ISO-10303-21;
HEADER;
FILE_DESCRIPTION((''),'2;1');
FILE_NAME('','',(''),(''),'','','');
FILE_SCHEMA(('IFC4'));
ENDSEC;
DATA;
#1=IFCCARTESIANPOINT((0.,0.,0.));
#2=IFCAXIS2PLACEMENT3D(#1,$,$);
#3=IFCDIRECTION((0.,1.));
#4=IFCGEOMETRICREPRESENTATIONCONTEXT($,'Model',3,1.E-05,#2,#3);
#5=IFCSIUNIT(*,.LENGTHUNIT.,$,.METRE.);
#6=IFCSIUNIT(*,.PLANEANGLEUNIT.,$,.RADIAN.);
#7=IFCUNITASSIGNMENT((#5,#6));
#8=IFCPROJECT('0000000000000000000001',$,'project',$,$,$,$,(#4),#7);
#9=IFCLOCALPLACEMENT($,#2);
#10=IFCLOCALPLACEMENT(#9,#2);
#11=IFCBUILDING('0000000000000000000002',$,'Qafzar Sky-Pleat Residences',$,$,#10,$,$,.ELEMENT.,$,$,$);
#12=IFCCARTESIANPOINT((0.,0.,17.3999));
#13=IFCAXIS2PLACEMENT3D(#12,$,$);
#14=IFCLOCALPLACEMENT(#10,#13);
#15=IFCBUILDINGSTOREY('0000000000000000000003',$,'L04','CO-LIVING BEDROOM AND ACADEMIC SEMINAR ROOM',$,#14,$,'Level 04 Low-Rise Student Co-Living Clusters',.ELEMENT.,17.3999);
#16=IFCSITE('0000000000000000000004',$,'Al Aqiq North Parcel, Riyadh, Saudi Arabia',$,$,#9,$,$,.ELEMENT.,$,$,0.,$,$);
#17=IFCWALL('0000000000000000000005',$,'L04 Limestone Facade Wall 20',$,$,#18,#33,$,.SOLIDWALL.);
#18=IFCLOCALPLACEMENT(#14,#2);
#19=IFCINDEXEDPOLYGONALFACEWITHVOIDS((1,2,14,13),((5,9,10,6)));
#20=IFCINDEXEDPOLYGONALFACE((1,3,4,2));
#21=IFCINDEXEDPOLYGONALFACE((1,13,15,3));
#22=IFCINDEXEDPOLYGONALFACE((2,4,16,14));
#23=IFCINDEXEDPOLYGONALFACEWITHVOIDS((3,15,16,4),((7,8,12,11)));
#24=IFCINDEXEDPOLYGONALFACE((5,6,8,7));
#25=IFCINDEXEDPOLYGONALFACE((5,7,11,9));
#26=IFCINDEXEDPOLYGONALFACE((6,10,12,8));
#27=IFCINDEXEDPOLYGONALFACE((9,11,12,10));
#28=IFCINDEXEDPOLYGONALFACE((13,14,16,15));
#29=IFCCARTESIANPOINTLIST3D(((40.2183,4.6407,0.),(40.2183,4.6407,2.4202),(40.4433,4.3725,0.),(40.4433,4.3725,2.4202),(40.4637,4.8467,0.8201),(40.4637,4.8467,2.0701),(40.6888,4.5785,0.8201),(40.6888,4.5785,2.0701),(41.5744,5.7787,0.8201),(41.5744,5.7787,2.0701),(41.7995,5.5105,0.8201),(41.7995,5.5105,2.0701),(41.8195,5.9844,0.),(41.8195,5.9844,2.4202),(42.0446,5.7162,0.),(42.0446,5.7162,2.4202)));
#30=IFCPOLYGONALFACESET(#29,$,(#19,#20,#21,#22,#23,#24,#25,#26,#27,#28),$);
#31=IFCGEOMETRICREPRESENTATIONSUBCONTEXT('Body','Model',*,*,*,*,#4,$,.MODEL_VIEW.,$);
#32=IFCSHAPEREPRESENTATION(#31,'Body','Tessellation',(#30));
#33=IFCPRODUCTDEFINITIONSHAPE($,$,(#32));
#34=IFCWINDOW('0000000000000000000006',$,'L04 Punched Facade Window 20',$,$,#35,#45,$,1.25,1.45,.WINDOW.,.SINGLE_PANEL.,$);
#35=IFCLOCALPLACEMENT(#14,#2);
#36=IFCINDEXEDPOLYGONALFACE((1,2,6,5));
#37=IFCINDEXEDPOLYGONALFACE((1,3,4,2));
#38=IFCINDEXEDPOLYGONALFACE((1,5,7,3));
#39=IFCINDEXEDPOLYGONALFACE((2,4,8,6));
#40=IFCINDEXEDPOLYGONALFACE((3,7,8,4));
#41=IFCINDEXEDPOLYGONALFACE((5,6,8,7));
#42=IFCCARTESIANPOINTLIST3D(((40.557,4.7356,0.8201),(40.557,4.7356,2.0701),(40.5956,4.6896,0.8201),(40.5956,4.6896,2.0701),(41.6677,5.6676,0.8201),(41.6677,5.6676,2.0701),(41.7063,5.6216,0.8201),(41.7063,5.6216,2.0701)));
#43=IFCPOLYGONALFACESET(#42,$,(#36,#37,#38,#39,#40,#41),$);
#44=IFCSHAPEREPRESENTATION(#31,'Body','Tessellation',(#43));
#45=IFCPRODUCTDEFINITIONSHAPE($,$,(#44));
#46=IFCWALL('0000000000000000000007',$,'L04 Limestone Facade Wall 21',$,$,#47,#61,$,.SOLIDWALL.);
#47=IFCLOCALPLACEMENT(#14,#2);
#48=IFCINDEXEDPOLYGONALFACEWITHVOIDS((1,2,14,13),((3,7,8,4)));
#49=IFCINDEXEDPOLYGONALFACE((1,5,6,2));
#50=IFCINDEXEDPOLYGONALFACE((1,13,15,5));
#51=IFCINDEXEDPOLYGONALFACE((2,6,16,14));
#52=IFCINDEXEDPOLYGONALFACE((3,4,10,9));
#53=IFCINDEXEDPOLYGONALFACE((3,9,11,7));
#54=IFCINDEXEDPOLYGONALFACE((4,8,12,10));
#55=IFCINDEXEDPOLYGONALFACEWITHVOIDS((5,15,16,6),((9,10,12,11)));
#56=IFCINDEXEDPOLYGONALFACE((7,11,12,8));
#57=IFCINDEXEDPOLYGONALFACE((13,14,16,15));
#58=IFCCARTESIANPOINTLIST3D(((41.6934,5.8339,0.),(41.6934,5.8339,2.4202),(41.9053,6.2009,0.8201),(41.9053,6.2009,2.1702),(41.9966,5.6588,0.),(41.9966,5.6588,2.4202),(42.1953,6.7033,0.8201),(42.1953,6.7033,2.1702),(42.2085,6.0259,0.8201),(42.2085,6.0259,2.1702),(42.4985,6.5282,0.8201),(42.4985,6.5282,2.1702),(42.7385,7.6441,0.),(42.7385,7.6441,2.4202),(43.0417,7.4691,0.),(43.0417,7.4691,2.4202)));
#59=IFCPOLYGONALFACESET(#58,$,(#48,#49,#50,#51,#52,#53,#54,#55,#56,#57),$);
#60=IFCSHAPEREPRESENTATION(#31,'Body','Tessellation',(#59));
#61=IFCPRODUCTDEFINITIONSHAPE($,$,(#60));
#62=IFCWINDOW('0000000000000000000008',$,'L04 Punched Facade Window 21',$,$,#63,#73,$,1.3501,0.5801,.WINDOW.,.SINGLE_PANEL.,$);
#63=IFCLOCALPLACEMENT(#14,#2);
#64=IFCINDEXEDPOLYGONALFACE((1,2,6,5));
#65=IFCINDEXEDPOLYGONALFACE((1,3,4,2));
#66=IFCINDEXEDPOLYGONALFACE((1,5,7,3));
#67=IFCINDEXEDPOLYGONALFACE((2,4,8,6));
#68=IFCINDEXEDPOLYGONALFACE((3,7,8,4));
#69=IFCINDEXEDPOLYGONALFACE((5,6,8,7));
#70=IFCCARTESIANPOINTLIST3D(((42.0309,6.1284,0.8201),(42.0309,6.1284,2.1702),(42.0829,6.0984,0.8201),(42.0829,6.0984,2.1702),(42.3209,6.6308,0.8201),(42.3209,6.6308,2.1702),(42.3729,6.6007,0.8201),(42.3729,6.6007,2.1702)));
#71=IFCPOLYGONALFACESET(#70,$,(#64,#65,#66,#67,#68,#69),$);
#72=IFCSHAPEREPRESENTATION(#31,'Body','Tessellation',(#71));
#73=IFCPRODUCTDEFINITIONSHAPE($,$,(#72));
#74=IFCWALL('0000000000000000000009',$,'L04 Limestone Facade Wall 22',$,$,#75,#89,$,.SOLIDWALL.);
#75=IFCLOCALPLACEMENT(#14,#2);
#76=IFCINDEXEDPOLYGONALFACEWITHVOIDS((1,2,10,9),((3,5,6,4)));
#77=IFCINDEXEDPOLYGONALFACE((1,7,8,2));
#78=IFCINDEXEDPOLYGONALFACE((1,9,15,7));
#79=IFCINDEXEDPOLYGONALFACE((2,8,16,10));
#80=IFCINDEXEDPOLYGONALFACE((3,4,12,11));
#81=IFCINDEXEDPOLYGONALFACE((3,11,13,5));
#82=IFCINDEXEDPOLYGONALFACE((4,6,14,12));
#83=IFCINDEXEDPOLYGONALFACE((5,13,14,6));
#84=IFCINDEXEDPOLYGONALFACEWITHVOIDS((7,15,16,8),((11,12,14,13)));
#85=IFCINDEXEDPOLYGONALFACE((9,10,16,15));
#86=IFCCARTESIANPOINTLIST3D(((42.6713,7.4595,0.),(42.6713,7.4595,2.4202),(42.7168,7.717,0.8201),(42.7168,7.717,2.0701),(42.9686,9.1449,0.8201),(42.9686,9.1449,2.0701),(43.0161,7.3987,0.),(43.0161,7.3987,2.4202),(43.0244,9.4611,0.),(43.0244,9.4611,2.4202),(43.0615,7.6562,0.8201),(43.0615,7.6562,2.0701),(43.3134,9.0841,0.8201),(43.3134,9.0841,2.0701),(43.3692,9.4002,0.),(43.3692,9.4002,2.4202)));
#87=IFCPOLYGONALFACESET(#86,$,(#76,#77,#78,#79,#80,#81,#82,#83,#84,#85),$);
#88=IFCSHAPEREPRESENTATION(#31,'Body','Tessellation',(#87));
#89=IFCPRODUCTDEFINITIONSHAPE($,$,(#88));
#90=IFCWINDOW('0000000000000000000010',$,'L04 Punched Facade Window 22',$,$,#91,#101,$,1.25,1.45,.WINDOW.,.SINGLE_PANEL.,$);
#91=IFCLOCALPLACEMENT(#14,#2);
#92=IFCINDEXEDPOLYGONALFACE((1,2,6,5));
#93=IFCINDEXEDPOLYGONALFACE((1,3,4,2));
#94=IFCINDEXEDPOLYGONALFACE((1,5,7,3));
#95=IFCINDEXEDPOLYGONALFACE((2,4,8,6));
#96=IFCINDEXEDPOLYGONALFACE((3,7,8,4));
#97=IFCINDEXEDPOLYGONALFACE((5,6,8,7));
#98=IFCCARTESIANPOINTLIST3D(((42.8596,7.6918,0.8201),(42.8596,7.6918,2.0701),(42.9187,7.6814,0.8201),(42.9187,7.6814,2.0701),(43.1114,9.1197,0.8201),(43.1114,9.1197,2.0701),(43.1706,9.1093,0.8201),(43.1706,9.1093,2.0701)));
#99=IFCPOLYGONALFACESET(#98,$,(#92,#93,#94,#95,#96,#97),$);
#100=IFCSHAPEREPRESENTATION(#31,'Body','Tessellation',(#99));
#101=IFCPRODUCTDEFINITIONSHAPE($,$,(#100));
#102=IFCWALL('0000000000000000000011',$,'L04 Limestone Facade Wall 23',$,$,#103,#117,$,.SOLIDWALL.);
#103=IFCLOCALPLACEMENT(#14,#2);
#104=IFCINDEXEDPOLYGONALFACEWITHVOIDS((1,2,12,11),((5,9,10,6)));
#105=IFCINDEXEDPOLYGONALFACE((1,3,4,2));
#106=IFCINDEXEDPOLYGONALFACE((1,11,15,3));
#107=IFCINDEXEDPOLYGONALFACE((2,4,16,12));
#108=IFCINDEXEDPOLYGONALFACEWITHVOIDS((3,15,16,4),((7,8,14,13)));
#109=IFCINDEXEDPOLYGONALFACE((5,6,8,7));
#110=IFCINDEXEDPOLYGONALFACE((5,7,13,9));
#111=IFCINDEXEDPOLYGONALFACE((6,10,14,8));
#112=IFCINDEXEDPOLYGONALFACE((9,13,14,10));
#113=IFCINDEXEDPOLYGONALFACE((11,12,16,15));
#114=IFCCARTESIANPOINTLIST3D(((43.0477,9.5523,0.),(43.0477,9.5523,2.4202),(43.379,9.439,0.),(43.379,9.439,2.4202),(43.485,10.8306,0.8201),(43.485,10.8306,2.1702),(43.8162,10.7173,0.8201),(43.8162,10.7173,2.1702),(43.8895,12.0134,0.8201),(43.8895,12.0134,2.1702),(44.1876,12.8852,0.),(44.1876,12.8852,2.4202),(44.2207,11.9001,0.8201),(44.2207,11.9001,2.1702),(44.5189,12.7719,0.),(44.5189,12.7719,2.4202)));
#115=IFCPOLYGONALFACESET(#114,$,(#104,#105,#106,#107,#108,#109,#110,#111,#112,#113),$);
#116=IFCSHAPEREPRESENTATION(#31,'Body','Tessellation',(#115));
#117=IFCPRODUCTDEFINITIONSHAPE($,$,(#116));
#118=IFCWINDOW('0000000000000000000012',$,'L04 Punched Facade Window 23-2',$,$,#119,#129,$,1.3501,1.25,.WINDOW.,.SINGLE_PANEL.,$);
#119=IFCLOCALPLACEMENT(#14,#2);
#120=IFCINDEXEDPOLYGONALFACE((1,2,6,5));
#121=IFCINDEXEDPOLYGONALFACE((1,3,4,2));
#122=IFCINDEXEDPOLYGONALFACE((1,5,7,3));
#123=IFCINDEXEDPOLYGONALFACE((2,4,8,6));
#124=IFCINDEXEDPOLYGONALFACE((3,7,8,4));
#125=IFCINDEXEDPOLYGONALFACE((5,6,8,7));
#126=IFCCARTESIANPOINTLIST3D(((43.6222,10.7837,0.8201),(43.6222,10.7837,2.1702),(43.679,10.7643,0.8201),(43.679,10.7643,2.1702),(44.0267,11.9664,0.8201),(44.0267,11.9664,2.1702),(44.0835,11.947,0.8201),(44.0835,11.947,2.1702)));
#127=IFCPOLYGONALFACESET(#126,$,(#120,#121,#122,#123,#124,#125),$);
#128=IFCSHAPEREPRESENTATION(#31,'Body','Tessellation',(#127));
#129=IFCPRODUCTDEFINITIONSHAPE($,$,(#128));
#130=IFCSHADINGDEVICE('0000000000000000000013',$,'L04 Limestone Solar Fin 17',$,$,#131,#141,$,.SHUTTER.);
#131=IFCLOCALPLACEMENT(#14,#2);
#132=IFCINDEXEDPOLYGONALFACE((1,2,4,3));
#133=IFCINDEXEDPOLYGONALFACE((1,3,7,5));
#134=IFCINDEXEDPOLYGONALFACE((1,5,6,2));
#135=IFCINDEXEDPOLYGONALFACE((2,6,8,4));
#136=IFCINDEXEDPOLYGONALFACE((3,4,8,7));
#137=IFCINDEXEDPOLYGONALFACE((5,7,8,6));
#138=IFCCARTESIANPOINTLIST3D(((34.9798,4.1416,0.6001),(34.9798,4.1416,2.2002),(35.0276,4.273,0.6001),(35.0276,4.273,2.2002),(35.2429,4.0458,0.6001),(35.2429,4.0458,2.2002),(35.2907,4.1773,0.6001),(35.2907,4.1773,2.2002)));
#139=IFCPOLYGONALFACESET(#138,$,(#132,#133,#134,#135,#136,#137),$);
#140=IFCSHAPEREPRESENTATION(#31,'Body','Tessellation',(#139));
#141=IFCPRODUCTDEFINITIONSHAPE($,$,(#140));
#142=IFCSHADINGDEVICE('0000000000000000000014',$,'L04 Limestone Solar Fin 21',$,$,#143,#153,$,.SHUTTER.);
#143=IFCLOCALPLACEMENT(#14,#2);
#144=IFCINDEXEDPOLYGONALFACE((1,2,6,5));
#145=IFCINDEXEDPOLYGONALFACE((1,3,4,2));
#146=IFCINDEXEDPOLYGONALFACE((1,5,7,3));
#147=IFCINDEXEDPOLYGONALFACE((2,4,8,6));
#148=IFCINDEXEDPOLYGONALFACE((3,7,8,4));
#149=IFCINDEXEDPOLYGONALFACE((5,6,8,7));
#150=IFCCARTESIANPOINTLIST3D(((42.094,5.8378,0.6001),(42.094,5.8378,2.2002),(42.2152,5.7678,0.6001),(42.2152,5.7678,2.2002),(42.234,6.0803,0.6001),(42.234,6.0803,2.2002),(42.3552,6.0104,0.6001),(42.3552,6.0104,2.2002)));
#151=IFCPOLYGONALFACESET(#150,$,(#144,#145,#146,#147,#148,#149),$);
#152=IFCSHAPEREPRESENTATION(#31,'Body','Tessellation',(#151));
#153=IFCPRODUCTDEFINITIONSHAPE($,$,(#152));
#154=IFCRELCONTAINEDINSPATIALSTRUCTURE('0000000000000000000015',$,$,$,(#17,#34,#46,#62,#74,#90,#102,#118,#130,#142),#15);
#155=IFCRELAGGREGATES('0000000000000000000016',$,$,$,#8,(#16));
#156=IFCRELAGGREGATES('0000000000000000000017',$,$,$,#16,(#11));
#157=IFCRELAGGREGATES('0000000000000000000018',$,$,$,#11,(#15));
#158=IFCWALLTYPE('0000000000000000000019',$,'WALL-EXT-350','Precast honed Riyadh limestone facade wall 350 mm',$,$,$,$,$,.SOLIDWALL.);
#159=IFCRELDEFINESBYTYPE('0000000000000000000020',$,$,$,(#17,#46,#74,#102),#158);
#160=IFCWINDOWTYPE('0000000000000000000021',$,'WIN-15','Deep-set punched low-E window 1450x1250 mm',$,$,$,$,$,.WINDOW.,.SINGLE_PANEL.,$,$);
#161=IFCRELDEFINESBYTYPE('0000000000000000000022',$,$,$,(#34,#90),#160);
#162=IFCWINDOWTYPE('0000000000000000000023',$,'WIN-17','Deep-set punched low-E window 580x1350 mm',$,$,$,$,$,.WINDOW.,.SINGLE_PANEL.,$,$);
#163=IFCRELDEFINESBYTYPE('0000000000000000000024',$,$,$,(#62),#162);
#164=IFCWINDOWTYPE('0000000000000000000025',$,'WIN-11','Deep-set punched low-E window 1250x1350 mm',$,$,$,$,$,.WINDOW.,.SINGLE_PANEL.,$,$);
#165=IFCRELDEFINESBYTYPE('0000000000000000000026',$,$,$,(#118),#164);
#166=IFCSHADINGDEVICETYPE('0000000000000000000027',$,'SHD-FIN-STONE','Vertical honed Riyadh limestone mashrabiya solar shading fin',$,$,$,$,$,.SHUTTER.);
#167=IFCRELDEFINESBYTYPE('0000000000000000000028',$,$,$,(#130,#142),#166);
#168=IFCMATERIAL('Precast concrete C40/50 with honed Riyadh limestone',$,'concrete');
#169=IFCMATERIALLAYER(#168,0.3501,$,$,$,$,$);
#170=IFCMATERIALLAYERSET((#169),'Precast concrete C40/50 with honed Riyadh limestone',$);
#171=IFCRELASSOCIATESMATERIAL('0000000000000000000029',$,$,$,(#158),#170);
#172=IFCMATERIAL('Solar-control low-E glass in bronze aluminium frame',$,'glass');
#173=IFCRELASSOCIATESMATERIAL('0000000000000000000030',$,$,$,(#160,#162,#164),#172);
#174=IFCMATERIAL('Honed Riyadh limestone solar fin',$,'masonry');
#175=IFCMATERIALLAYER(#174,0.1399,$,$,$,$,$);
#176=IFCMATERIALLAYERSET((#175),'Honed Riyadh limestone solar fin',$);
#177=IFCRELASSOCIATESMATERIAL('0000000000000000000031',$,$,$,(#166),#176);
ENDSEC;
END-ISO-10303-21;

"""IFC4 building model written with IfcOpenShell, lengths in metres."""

from ifc_helpers import new_model, si_unit, direction, frame, frame_2d, origin, origin_2d, place, context, subcontext, project, spatial, rectangle, extrude, source, transform, mapped, material, layer, layer_set, type_object, element, fill, save


model = new_model("IFC4")

# Units and contexts
model_context = context("Model", 3, precision=1e-05, world=origin(), true_north=direction((0.0, 1.0)))
body_context = subcontext(model_context, "Body", "Model", "MODEL_VIEW")
ifc_project = project(units=[si_unit("LENGTHUNIT", "METRE"), si_unit("PLANEANGLEUNIT", "RADIAN")], contexts=[model_context])

# Site, building, storey
site_placement = place(None, origin())
site = spatial("IfcSite", under=ifc_project, at=site_placement, Name="Al Aqiq North Parcel, Riyadh, Saudi Arabia", CompositionType="ELEMENT", RefElevation=0.0)
building_placement = place(site_placement, origin())
building = spatial("IfcBuilding", under=site, at=building_placement, Name="Qafzar Sky-Pleat Residences", CompositionType="ELEMENT")
storey_placement = place(building_placement, frame((0.0, 0.0, 17.3999)))
storey = spatial("IfcBuildingStorey", under=building, at=storey_placement, Name="L04", Description="CO-LIVING BEDROOM AND ACADEMIC SEMINAR ROOM", LongName="Level 04 Low-Rise Student Co-Living Clusters", CompositionType="ELEMENT", Elevation=17.3999)

# Walls, openings, windows
ifc_material_1 = material(Name="Precast concrete C40/50 with honed Riyadh limestone", Category="concrete")
ifc_layer_1 = layer(ifc_material_1, 0.3501)
ifc_layer_set_1 = layer_set([ifc_layer_1], Name="Precast concrete C40/50 with honed Riyadh limestone")
wall_type_1 = type_object("IfcWallType", Name="WALL-EXT-350", Description="Precast honed Riyadh limestone facade wall 350 mm", PredefinedType="SOLIDWALL", material=ifc_layer_set_1)
ifc_material_2 = material(Name="Solar-control low-E glass in bronze aluminium frame", Category="glass")
window_type_1 = type_object("IfcWindowType", Name="WIN-15", Description="Deep-set punched low-E window 1450x1250 mm", PartitioningType="SINGLE_PANEL", PredefinedType="WINDOW", material=ifc_material_2)
shared_shape_1 = source(origin(), body_context, "Body", "SweptSolid", [
    extrude(rectangle(XDim=1.45, YDim=1.25, at=frame_2d((0.7251, 0.625))), frame((0.0, 0.03, 0.0), z_axis=(0.0, -1.0, 0.0), x_axis=(1.0, 0.0, 0.0)), (0.0, 0.0, 1.0), 0.0601),
])
wall_1_placement = place(storey_placement, frame((40.3308, 4.5066, 0.0), z_axis=(0.0, 0.0, 1.0), x_axis=(0.766025, 0.642811, 0.0)))
wall_1 = element("IfcWall", 1, at=wall_1_placement, inside=storey, type_object=wall_type_1, Name="L04 Limestone Facade Wall 20", PredefinedType="SOLIDWALL", context=body_context, shape_type="SweptSolid", body=[
    extrude(rectangle(XDim=2.0903, YDim=0.3501, at=frame_2d((1.0452, 0.0))), origin(), (0.0, 0.0, 1.0), 2.4202),
])
opening_1_placement = place(wall_1_placement, frame((0.3203, 0.0, 0.8201)))
opening_1 = element("IfcOpeningElement", 2, at=opening_1_placement, cuts=wall_1, PredefinedType="OPENING", context=body_context, shape_type="SweptSolid", body=[
    extrude(rectangle(XDim=1.45, YDim=1.25, at=frame_2d((0.7251, 0.625))), frame((0.0, 0.1851, 0.0), z_axis=(0.0, -1.0, 0.0), x_axis=(1.0, 0.0, 0.0)), (0.0, 0.0, 1.0), 0.3701),
])
window_1_placement = place(opening_1_placement, origin())
window_1 = element("IfcWindow", 3, at=window_1_placement, inside=storey, type_object=window_type_1, Name="L04 Punched Facade Window 20", OverallHeight=1.25, OverallWidth=1.45, PartitioningType="SINGLE_PANEL", PredefinedType="WINDOW", context=body_context, shape_type="MappedRepresentation", body=[
    mapped(shared_shape_1, transform((0.0, 0.0, 0.0), x_axis=(1.0, 0.0, 0.0), y_axis=(0.0, 1.0, 0.0), z_axis=(0.0, 0.0, 1.0), scale=1.0)),
])
fill(opening_1, window_1)
wall_2_placement = place(storey_placement, frame((41.845, 5.7463, 0.0), z_axis=(0.0, 0.0, 1.0), x_axis=(0.499995, 0.866028, 0.0)))
wall_2 = element("IfcWall", 4, at=wall_2_placement, inside=storey, type_object=wall_type_1, Name="L04 Limestone Facade Wall 21", PredefinedType="SOLIDWALL", context=body_context, shape_type="SweptSolid", body=[
    extrude(rectangle(XDim=2.0903, YDim=0.3501, at=frame_2d((1.0452, 0.0))), origin(), (0.0, 0.0, 1.0), 2.4202),
])
opening_2_placement = place(wall_2_placement, frame((0.4238, 0.0, 0.8201)))
opening_2 = element("IfcOpeningElement", 5, at=opening_2_placement, cuts=wall_2, PredefinedType="OPENING", context=body_context, shape_type="SweptSolid", body=[
    extrude(rectangle(XDim=0.5801, YDim=1.3501, at=frame_2d((0.29, 0.675))), frame((0.0, 0.1851, 0.0), z_axis=(0.0, -1.0, 0.0), x_axis=(1.0, 0.0, 0.0)), (0.0, 0.0, 1.0), 0.3701),
])
window_type_2 = type_object("IfcWindowType", Name="WIN-17", Description="Deep-set punched low-E window 580x1350 mm", PartitioningType="SINGLE_PANEL", PredefinedType="WINDOW", material=ifc_material_2)
shared_shape_2 = source(origin(), body_context, "Body", "SweptSolid", [
    extrude(rectangle(XDim=0.5801, YDim=1.3501, at=frame_2d((0.29, 0.675))), frame((0.0, 0.03, 0.0), z_axis=(0.0, -1.0, 0.0), x_axis=(1.0, 0.0, 0.0)), (0.0, 0.0, 1.0), 0.0601),
])
window_2_placement = place(opening_2_placement, origin())
window_2 = element("IfcWindow", 6, at=window_2_placement, inside=storey, type_object=window_type_2, Name="L04 Punched Facade Window 21", OverallHeight=1.3501, OverallWidth=0.5801, PartitioningType="SINGLE_PANEL", PredefinedType="WINDOW", context=body_context, shape_type="MappedRepresentation", body=[
    mapped(shared_shape_2, transform((0.0, 0.0, 0.0), x_axis=(1.0, 0.0, 0.0), y_axis=(0.0, 1.0, 0.0), z_axis=(0.0, 0.0, 1.0), scale=1.0)),
])
fill(opening_2, window_2)
wall_3_placement = place(storey_placement, frame((42.8438, 7.4292, 0.0), z_axis=(0.0, 0.0, 1.0), x_axis=(0.173703, 0.984798, 0.0)))
wall_3 = element("IfcWall", 7, at=wall_3_placement, inside=storey, type_object=wall_type_1, Name="L04 Limestone Facade Wall 22", PredefinedType="SOLIDWALL", context=body_context, shape_type="SweptSolid", body=[
    extrude(rectangle(XDim=2.0325, YDim=0.3501, at=frame_2d((1.0161, 0.0))), origin(), (0.0, 0.0, 1.0), 2.4202),
])
opening_3_placement = place(wall_3_placement, frame((0.2612, 0.0, 0.8201)))
opening_3 = element("IfcOpeningElement", 8, at=opening_3_placement, cuts=wall_3, PredefinedType="OPENING", context=body_context, shape_type="SweptSolid", body=[
    extrude(rectangle(XDim=1.45, YDim=1.25, at=frame_2d((0.7251, 0.625))), frame((0.0, 0.1851, 0.0), z_axis=(0.0, -1.0, 0.0), x_axis=(1.0, 0.0, 0.0)), (0.0, 0.0, 1.0), 0.3701),
])
window_3_placement = place(opening_3_placement, origin())
window_3 = element("IfcWindow", 9, at=window_3_placement, inside=storey, type_object=window_type_1, Name="L04 Punched Facade Window 22", OverallHeight=1.25, OverallWidth=1.45, PartitioningType="SINGLE_PANEL", PredefinedType="WINDOW", context=body_context, shape_type="MappedRepresentation", body=[
    mapped(shared_shape_1, transform((0.0, 0.0, 0.0), x_axis=(1.0, 0.0, 0.0), y_axis=(0.0, 1.0, 0.0), z_axis=(0.0, 0.0, 1.0), scale=1.0)),
])
fill(opening_3, window_3)
wall_4_placement = place(storey_placement, frame((43.2134, 9.4956, 0.0), z_axis=(0.0, 0.0, 1.0), x_axis=(0.3236, 0.946194, 0.0)))
wall_4 = element("IfcWall", 10, at=wall_4_placement, inside=storey, type_object=wall_type_1, Name="L04 Limestone Facade Wall 23", PredefinedType="SOLIDWALL", context=body_context, shape_type="SweptSolid", body=[
    extrude(rectangle(XDim=3.5225, YDim=0.3501, at=frame_2d((1.7612, 0.0))), origin(), (0.0, 0.0, 1.0), 2.4202),
])
opening_4_placement = place(wall_4_placement, frame((1.3511, 0.0, 0.8201)))
opening_4 = element("IfcOpeningElement", 11, at=opening_4_placement, cuts=wall_4, PredefinedType="OPENING", context=body_context, shape_type="SweptSolid", body=[
    extrude(rectangle(XDim=1.25, YDim=1.3501, at=frame_2d((0.625, 0.675))), frame((0.0, 0.1851, 0.0), z_axis=(0.0, -1.0, 0.0), x_axis=(1.0, 0.0, 0.0)), (0.0, 0.0, 1.0), 0.3701),
])
window_type_3 = type_object("IfcWindowType", Name="WIN-11", Description="Deep-set punched low-E window 1250x1350 mm", PartitioningType="SINGLE_PANEL", PredefinedType="WINDOW", material=ifc_material_2)
shared_shape_3 = source(origin(), body_context, "Body", "SweptSolid", [
    extrude(rectangle(XDim=1.25, YDim=1.3501, at=frame_2d((0.625, 0.675))), frame((0.0, 0.03, 0.0), z_axis=(0.0, -1.0, 0.0), x_axis=(1.0, 0.0, 0.0)), (0.0, 0.0, 1.0), 0.0601),
])
window_4_placement = place(opening_4_placement, origin())
window_4 = element("IfcWindow", 12, at=window_4_placement, inside=storey, type_object=window_type_3, Name="L04 Punched Facade Window 23-2", OverallHeight=1.3501, OverallWidth=1.25, PartitioningType="SINGLE_PANEL", PredefinedType="WINDOW", context=body_context, shape_type="MappedRepresentation", body=[
    mapped(shared_shape_3, transform((0.0, 0.0, 0.0), x_axis=(1.0, 0.0, 0.0), y_axis=(0.0, 1.0, 0.0), z_axis=(0.0, 0.0, 1.0), scale=1.0)),
])
fill(opening_4, window_4)

# Shading devices
ifc_material_3 = material(Name="Honed Riyadh limestone solar fin", Category="masonry")
ifc_layer_2 = layer(ifc_material_3, 0.1399)
ifc_layer_set_2 = layer_set([ifc_layer_2], Name="Honed Riyadh limestone solar fin")
shading_device_type = type_object("IfcShadingDeviceType", Name="SHD-FIN-STONE", Description="Vertical honed Riyadh limestone mashrabiya solar shading fin", PredefinedType="SHUTTER", material=ifc_layer_set_2)
shared_shape_4 = source(origin(), body_context, "Body", "SweptSolid", [
    extrude(rectangle(XDim=0.1399, YDim=0.28, at=origin_2d()), origin(), (0.0, 0.0, 1.0), 1.6001),
])
for number, where, z_axis, x_axis, name in (
    (13, (35.1353, 4.1594, 0.6001), (0.0, 0.0, 1.0), (-0.34201, -0.939696, 0.0), "L04 Limestone Solar Fin 17"),
    (14, (42.2246, 5.9241, 0.6001), (0.0, 0.0, 1.0), (0.866032, -0.499989, 0.0), "L04 Limestone Solar Fin 21"),
):
    element("IfcShadingDevice", number, at=place(storey_placement, frame(where, z_axis=z_axis, x_axis=x_axis)), inside=storey, type_object=shading_device_type, Name=name, PredefinedType="SHUTTER", context=body_context, shape_type="MappedRepresentation", body=[
        mapped(shared_shape_4, transform((0.0, 0.0, 0.0), x_axis=(1.0, 0.0, 0.0), y_axis=(0.0, 1.0, 0.0), z_axis=(0.0, 0.0, 1.0), scale=1.0)),
    ])

save(model, "model.ifc")
